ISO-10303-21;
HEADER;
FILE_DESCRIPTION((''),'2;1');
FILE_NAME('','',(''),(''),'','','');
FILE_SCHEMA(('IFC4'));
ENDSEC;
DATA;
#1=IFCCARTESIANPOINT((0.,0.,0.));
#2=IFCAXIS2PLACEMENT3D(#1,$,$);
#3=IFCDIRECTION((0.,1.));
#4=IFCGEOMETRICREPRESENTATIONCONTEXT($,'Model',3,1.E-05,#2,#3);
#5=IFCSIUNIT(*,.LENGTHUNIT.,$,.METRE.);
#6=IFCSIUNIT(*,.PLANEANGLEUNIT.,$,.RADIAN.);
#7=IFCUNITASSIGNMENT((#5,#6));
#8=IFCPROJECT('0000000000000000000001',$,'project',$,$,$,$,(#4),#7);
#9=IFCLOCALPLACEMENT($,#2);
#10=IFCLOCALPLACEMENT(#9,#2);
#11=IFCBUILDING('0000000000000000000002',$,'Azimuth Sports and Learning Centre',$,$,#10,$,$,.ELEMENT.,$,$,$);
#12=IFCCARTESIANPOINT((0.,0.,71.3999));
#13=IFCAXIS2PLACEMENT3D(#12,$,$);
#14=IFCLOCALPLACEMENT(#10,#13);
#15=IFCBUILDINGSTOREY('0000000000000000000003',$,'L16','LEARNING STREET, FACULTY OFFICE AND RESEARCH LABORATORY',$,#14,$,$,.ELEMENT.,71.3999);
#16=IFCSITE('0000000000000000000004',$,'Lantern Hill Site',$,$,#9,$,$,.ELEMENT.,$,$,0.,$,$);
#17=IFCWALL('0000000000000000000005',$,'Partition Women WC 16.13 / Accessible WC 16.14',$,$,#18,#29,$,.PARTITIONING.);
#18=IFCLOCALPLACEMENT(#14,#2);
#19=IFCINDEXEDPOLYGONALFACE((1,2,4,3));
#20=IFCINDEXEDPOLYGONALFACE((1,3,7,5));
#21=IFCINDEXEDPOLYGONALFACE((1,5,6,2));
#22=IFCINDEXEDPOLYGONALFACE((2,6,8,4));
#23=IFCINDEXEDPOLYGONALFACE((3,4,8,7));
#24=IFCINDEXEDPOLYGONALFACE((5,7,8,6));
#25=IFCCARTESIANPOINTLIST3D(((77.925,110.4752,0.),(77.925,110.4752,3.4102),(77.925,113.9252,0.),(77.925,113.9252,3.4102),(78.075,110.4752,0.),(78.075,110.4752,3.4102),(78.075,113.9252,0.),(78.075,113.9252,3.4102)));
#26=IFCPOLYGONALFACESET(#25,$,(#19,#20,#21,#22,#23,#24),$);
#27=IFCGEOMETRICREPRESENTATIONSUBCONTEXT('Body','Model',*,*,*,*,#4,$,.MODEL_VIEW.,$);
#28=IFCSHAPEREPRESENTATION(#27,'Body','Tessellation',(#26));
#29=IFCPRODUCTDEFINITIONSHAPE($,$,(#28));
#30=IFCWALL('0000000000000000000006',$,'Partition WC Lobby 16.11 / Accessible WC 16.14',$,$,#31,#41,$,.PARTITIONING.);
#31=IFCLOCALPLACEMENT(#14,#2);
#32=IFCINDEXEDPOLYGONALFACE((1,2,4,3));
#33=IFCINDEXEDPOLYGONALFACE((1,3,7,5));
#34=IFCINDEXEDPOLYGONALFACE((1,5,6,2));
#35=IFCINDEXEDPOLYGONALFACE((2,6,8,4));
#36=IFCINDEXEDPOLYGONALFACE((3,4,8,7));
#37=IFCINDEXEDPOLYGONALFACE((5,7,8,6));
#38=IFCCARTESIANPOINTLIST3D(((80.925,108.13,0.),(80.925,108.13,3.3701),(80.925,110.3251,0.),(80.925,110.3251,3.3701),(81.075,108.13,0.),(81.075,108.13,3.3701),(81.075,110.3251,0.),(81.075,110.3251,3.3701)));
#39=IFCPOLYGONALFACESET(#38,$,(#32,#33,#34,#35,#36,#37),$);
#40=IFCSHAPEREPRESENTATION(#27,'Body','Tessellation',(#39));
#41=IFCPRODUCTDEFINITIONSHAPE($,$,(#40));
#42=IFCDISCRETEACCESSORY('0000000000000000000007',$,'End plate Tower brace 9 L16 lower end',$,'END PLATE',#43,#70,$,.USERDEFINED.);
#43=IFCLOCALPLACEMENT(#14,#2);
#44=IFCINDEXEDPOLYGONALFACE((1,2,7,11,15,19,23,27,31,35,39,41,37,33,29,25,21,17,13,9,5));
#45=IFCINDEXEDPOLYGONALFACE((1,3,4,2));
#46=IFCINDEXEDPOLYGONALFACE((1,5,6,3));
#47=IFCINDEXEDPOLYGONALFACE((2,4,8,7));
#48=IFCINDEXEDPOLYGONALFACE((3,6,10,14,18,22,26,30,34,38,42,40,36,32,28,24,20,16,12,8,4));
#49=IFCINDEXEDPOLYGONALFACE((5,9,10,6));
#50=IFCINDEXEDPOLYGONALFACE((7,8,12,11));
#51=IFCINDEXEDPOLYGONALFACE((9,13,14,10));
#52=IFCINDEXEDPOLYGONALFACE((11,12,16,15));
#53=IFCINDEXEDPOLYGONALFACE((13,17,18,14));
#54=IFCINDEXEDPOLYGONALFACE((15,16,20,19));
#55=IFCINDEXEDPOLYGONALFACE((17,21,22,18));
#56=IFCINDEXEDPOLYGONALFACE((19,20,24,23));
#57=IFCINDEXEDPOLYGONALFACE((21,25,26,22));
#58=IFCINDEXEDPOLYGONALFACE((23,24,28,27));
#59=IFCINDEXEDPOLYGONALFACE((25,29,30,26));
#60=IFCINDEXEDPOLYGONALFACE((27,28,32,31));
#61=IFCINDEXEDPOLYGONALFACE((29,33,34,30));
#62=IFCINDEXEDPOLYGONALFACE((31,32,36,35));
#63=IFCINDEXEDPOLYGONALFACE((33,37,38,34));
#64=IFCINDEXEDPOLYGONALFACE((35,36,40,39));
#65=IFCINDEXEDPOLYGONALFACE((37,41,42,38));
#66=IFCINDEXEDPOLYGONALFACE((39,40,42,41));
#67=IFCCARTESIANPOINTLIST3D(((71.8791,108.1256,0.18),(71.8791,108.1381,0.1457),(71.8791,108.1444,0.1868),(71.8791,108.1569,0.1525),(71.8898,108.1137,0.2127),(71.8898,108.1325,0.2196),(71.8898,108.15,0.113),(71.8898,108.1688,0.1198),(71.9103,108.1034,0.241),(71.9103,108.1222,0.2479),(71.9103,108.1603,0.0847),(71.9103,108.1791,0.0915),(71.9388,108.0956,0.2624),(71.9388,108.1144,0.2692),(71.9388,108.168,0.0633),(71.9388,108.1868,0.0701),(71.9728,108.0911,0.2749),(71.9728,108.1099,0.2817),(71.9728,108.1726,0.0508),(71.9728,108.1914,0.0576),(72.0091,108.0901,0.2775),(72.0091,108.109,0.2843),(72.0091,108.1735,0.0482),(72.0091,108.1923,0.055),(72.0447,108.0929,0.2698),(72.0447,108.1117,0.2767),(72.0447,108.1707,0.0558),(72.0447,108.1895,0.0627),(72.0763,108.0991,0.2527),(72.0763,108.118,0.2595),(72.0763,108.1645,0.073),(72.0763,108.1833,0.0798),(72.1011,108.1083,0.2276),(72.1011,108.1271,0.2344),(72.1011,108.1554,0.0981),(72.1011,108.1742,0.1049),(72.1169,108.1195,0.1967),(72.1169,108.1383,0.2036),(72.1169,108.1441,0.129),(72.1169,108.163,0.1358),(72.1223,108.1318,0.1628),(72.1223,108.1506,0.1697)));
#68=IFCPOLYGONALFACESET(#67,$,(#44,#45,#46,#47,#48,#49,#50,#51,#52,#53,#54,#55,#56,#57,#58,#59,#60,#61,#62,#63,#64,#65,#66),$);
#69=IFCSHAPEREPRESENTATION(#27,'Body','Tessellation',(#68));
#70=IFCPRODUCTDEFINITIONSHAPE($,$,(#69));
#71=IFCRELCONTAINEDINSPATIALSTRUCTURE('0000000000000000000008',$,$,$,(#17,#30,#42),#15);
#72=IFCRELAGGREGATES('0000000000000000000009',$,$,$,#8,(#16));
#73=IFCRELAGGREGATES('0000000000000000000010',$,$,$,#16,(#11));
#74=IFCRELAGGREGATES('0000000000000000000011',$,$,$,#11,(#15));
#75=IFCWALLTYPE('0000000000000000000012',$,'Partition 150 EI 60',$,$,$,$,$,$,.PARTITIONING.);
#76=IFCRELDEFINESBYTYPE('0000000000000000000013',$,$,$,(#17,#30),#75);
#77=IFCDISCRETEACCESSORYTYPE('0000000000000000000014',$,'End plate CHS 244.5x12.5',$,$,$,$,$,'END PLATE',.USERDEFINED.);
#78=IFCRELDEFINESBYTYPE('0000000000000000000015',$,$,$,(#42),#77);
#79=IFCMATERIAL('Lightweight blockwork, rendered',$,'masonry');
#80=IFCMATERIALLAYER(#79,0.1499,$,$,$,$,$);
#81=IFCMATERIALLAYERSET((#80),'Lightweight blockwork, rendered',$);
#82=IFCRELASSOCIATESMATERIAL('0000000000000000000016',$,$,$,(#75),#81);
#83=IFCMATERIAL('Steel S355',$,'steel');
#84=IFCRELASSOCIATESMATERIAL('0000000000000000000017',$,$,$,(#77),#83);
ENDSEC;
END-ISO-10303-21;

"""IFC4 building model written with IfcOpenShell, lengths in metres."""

from ifc_helpers import new_model, si_unit, direction, frame, frame_2d, origin, origin_2d, place, context, subcontext, project, spatial, rectangle, circle, extrude, material, layer, layer_set, material_profile, profile_set, type_object, element, save


model = new_model("IFC4")

# Units and contexts
model_context = context("Model", 3, precision=1e-05, world=origin(), true_north=direction((0.0, 1.0)))
body_context = subcontext(model_context, "Body", "Model", "MODEL_VIEW")
ifc_project = project(units=[si_unit("LENGTHUNIT", "METRE"), si_unit("PLANEANGLEUNIT", "RADIAN")], contexts=[model_context])

# Site, building, storey
site_placement = place(None, origin())
site = spatial("IfcSite", under=ifc_project, at=site_placement, Name="Lantern Hill Site", CompositionType="ELEMENT", RefElevation=0.0)
building_placement = place(site_placement, origin())
building = spatial("IfcBuilding", under=site, at=building_placement, Name="Azimuth Sports and Learning Centre", CompositionType="ELEMENT")
storey_placement = place(building_placement, frame((0.0, 0.0, 71.3999)))
storey = spatial("IfcBuildingStorey", under=building, at=storey_placement, Name="L16", Description="LEARNING STREET, FACULTY OFFICE AND RESEARCH LABORATORY", CompositionType="ELEMENT", Elevation=71.3999)

# Shared definitions
ifc_material_1 = material(Name="Lightweight blockwork, rendered", Category="masonry")
ifc_layer = layer(ifc_material_1, 0.1499)
ifc_layer_set = layer_set([ifc_layer], Name="Lightweight blockwork, rendered")
wall_type = type_object("IfcWallType", Name="Partition 150 EI 60", PredefinedType="PARTITIONING", material=ifc_layer_set)

# Walls
wall_1_placement = place(storey_placement, frame((78.0, 110.4751, 0.0), z_axis=(0.0, 0.0, 1.0), x_axis=(0.0, 1.0, 0.0)))
element("IfcWall", 1, at=wall_1_placement, inside=storey, type_object=wall_type, Name="Partition Women WC 16.13 / Accessible WC 16.14", PredefinedType="PARTITIONING", context=body_context, shape_type="SweptSolid", body=[
    extrude(rectangle(XDim=3.45, YDim=0.1499, at=frame_2d((1.7251, 0.0))), origin(), (0.0, 0.0, 1.0), 3.4102),
])
wall_2_placement = place(storey_placement, frame((81.0, 108.1299, 0.0), z_axis=(0.0, 0.0, 1.0), x_axis=(0.0, 1.0, 0.0)))
element("IfcWall", 2, at=wall_2_placement, inside=storey, type_object=wall_type, Name="Partition WC Lobby 16.11 / Accessible WC 16.14", PredefinedType="PARTITIONING", context=body_context, shape_type="SweptSolid", body=[
    extrude(rectangle(XDim=2.1951, YDim=0.1499, at=frame_2d((1.0977, 0.0))), origin(), (0.0, 0.0, 1.0), 3.3701),
])

# Discrete accessory
ifc_material_2 = material(Name="Steel S355", Category="steel")
ifc_material_profile_1 = material_profile(ifc_material_2, circle(Radius=0.1223, at=origin_2d()), Name="PL 244 DISC")
ifc_profile_set_1 = profile_set([ifc_material_profile_1], Name="Steel S355")
discrete_accessory_type = type_object("IfcDiscreteAccessoryType", Name="End plate CHS 244.5x12.5", ElementType="END PLATE", PredefinedType="USERDEFINED", material=ifc_profile_set_1)
discrete_accessory_placement = place(storey_placement, frame((72.0, 108.1506, 0.1697), z_axis=(0.0, -0.939793, -0.341743), x_axis=(1.0, 0.0, 0.0)))
element("IfcDiscreteAccessory", 3, at=discrete_accessory_placement, inside=storey, type_object=discrete_accessory_type, Name="End plate Tower brace 9 L16 lower end", ObjectType="END PLATE", PredefinedType="USERDEFINED", context=body_context, shape_type="SweptSolid", body=[
    extrude(circle(Radius=0.1223, at=origin_2d()), origin(), (0.0, 0.0, 1.0), 0.02),
])

save(model, "model.ifc")
